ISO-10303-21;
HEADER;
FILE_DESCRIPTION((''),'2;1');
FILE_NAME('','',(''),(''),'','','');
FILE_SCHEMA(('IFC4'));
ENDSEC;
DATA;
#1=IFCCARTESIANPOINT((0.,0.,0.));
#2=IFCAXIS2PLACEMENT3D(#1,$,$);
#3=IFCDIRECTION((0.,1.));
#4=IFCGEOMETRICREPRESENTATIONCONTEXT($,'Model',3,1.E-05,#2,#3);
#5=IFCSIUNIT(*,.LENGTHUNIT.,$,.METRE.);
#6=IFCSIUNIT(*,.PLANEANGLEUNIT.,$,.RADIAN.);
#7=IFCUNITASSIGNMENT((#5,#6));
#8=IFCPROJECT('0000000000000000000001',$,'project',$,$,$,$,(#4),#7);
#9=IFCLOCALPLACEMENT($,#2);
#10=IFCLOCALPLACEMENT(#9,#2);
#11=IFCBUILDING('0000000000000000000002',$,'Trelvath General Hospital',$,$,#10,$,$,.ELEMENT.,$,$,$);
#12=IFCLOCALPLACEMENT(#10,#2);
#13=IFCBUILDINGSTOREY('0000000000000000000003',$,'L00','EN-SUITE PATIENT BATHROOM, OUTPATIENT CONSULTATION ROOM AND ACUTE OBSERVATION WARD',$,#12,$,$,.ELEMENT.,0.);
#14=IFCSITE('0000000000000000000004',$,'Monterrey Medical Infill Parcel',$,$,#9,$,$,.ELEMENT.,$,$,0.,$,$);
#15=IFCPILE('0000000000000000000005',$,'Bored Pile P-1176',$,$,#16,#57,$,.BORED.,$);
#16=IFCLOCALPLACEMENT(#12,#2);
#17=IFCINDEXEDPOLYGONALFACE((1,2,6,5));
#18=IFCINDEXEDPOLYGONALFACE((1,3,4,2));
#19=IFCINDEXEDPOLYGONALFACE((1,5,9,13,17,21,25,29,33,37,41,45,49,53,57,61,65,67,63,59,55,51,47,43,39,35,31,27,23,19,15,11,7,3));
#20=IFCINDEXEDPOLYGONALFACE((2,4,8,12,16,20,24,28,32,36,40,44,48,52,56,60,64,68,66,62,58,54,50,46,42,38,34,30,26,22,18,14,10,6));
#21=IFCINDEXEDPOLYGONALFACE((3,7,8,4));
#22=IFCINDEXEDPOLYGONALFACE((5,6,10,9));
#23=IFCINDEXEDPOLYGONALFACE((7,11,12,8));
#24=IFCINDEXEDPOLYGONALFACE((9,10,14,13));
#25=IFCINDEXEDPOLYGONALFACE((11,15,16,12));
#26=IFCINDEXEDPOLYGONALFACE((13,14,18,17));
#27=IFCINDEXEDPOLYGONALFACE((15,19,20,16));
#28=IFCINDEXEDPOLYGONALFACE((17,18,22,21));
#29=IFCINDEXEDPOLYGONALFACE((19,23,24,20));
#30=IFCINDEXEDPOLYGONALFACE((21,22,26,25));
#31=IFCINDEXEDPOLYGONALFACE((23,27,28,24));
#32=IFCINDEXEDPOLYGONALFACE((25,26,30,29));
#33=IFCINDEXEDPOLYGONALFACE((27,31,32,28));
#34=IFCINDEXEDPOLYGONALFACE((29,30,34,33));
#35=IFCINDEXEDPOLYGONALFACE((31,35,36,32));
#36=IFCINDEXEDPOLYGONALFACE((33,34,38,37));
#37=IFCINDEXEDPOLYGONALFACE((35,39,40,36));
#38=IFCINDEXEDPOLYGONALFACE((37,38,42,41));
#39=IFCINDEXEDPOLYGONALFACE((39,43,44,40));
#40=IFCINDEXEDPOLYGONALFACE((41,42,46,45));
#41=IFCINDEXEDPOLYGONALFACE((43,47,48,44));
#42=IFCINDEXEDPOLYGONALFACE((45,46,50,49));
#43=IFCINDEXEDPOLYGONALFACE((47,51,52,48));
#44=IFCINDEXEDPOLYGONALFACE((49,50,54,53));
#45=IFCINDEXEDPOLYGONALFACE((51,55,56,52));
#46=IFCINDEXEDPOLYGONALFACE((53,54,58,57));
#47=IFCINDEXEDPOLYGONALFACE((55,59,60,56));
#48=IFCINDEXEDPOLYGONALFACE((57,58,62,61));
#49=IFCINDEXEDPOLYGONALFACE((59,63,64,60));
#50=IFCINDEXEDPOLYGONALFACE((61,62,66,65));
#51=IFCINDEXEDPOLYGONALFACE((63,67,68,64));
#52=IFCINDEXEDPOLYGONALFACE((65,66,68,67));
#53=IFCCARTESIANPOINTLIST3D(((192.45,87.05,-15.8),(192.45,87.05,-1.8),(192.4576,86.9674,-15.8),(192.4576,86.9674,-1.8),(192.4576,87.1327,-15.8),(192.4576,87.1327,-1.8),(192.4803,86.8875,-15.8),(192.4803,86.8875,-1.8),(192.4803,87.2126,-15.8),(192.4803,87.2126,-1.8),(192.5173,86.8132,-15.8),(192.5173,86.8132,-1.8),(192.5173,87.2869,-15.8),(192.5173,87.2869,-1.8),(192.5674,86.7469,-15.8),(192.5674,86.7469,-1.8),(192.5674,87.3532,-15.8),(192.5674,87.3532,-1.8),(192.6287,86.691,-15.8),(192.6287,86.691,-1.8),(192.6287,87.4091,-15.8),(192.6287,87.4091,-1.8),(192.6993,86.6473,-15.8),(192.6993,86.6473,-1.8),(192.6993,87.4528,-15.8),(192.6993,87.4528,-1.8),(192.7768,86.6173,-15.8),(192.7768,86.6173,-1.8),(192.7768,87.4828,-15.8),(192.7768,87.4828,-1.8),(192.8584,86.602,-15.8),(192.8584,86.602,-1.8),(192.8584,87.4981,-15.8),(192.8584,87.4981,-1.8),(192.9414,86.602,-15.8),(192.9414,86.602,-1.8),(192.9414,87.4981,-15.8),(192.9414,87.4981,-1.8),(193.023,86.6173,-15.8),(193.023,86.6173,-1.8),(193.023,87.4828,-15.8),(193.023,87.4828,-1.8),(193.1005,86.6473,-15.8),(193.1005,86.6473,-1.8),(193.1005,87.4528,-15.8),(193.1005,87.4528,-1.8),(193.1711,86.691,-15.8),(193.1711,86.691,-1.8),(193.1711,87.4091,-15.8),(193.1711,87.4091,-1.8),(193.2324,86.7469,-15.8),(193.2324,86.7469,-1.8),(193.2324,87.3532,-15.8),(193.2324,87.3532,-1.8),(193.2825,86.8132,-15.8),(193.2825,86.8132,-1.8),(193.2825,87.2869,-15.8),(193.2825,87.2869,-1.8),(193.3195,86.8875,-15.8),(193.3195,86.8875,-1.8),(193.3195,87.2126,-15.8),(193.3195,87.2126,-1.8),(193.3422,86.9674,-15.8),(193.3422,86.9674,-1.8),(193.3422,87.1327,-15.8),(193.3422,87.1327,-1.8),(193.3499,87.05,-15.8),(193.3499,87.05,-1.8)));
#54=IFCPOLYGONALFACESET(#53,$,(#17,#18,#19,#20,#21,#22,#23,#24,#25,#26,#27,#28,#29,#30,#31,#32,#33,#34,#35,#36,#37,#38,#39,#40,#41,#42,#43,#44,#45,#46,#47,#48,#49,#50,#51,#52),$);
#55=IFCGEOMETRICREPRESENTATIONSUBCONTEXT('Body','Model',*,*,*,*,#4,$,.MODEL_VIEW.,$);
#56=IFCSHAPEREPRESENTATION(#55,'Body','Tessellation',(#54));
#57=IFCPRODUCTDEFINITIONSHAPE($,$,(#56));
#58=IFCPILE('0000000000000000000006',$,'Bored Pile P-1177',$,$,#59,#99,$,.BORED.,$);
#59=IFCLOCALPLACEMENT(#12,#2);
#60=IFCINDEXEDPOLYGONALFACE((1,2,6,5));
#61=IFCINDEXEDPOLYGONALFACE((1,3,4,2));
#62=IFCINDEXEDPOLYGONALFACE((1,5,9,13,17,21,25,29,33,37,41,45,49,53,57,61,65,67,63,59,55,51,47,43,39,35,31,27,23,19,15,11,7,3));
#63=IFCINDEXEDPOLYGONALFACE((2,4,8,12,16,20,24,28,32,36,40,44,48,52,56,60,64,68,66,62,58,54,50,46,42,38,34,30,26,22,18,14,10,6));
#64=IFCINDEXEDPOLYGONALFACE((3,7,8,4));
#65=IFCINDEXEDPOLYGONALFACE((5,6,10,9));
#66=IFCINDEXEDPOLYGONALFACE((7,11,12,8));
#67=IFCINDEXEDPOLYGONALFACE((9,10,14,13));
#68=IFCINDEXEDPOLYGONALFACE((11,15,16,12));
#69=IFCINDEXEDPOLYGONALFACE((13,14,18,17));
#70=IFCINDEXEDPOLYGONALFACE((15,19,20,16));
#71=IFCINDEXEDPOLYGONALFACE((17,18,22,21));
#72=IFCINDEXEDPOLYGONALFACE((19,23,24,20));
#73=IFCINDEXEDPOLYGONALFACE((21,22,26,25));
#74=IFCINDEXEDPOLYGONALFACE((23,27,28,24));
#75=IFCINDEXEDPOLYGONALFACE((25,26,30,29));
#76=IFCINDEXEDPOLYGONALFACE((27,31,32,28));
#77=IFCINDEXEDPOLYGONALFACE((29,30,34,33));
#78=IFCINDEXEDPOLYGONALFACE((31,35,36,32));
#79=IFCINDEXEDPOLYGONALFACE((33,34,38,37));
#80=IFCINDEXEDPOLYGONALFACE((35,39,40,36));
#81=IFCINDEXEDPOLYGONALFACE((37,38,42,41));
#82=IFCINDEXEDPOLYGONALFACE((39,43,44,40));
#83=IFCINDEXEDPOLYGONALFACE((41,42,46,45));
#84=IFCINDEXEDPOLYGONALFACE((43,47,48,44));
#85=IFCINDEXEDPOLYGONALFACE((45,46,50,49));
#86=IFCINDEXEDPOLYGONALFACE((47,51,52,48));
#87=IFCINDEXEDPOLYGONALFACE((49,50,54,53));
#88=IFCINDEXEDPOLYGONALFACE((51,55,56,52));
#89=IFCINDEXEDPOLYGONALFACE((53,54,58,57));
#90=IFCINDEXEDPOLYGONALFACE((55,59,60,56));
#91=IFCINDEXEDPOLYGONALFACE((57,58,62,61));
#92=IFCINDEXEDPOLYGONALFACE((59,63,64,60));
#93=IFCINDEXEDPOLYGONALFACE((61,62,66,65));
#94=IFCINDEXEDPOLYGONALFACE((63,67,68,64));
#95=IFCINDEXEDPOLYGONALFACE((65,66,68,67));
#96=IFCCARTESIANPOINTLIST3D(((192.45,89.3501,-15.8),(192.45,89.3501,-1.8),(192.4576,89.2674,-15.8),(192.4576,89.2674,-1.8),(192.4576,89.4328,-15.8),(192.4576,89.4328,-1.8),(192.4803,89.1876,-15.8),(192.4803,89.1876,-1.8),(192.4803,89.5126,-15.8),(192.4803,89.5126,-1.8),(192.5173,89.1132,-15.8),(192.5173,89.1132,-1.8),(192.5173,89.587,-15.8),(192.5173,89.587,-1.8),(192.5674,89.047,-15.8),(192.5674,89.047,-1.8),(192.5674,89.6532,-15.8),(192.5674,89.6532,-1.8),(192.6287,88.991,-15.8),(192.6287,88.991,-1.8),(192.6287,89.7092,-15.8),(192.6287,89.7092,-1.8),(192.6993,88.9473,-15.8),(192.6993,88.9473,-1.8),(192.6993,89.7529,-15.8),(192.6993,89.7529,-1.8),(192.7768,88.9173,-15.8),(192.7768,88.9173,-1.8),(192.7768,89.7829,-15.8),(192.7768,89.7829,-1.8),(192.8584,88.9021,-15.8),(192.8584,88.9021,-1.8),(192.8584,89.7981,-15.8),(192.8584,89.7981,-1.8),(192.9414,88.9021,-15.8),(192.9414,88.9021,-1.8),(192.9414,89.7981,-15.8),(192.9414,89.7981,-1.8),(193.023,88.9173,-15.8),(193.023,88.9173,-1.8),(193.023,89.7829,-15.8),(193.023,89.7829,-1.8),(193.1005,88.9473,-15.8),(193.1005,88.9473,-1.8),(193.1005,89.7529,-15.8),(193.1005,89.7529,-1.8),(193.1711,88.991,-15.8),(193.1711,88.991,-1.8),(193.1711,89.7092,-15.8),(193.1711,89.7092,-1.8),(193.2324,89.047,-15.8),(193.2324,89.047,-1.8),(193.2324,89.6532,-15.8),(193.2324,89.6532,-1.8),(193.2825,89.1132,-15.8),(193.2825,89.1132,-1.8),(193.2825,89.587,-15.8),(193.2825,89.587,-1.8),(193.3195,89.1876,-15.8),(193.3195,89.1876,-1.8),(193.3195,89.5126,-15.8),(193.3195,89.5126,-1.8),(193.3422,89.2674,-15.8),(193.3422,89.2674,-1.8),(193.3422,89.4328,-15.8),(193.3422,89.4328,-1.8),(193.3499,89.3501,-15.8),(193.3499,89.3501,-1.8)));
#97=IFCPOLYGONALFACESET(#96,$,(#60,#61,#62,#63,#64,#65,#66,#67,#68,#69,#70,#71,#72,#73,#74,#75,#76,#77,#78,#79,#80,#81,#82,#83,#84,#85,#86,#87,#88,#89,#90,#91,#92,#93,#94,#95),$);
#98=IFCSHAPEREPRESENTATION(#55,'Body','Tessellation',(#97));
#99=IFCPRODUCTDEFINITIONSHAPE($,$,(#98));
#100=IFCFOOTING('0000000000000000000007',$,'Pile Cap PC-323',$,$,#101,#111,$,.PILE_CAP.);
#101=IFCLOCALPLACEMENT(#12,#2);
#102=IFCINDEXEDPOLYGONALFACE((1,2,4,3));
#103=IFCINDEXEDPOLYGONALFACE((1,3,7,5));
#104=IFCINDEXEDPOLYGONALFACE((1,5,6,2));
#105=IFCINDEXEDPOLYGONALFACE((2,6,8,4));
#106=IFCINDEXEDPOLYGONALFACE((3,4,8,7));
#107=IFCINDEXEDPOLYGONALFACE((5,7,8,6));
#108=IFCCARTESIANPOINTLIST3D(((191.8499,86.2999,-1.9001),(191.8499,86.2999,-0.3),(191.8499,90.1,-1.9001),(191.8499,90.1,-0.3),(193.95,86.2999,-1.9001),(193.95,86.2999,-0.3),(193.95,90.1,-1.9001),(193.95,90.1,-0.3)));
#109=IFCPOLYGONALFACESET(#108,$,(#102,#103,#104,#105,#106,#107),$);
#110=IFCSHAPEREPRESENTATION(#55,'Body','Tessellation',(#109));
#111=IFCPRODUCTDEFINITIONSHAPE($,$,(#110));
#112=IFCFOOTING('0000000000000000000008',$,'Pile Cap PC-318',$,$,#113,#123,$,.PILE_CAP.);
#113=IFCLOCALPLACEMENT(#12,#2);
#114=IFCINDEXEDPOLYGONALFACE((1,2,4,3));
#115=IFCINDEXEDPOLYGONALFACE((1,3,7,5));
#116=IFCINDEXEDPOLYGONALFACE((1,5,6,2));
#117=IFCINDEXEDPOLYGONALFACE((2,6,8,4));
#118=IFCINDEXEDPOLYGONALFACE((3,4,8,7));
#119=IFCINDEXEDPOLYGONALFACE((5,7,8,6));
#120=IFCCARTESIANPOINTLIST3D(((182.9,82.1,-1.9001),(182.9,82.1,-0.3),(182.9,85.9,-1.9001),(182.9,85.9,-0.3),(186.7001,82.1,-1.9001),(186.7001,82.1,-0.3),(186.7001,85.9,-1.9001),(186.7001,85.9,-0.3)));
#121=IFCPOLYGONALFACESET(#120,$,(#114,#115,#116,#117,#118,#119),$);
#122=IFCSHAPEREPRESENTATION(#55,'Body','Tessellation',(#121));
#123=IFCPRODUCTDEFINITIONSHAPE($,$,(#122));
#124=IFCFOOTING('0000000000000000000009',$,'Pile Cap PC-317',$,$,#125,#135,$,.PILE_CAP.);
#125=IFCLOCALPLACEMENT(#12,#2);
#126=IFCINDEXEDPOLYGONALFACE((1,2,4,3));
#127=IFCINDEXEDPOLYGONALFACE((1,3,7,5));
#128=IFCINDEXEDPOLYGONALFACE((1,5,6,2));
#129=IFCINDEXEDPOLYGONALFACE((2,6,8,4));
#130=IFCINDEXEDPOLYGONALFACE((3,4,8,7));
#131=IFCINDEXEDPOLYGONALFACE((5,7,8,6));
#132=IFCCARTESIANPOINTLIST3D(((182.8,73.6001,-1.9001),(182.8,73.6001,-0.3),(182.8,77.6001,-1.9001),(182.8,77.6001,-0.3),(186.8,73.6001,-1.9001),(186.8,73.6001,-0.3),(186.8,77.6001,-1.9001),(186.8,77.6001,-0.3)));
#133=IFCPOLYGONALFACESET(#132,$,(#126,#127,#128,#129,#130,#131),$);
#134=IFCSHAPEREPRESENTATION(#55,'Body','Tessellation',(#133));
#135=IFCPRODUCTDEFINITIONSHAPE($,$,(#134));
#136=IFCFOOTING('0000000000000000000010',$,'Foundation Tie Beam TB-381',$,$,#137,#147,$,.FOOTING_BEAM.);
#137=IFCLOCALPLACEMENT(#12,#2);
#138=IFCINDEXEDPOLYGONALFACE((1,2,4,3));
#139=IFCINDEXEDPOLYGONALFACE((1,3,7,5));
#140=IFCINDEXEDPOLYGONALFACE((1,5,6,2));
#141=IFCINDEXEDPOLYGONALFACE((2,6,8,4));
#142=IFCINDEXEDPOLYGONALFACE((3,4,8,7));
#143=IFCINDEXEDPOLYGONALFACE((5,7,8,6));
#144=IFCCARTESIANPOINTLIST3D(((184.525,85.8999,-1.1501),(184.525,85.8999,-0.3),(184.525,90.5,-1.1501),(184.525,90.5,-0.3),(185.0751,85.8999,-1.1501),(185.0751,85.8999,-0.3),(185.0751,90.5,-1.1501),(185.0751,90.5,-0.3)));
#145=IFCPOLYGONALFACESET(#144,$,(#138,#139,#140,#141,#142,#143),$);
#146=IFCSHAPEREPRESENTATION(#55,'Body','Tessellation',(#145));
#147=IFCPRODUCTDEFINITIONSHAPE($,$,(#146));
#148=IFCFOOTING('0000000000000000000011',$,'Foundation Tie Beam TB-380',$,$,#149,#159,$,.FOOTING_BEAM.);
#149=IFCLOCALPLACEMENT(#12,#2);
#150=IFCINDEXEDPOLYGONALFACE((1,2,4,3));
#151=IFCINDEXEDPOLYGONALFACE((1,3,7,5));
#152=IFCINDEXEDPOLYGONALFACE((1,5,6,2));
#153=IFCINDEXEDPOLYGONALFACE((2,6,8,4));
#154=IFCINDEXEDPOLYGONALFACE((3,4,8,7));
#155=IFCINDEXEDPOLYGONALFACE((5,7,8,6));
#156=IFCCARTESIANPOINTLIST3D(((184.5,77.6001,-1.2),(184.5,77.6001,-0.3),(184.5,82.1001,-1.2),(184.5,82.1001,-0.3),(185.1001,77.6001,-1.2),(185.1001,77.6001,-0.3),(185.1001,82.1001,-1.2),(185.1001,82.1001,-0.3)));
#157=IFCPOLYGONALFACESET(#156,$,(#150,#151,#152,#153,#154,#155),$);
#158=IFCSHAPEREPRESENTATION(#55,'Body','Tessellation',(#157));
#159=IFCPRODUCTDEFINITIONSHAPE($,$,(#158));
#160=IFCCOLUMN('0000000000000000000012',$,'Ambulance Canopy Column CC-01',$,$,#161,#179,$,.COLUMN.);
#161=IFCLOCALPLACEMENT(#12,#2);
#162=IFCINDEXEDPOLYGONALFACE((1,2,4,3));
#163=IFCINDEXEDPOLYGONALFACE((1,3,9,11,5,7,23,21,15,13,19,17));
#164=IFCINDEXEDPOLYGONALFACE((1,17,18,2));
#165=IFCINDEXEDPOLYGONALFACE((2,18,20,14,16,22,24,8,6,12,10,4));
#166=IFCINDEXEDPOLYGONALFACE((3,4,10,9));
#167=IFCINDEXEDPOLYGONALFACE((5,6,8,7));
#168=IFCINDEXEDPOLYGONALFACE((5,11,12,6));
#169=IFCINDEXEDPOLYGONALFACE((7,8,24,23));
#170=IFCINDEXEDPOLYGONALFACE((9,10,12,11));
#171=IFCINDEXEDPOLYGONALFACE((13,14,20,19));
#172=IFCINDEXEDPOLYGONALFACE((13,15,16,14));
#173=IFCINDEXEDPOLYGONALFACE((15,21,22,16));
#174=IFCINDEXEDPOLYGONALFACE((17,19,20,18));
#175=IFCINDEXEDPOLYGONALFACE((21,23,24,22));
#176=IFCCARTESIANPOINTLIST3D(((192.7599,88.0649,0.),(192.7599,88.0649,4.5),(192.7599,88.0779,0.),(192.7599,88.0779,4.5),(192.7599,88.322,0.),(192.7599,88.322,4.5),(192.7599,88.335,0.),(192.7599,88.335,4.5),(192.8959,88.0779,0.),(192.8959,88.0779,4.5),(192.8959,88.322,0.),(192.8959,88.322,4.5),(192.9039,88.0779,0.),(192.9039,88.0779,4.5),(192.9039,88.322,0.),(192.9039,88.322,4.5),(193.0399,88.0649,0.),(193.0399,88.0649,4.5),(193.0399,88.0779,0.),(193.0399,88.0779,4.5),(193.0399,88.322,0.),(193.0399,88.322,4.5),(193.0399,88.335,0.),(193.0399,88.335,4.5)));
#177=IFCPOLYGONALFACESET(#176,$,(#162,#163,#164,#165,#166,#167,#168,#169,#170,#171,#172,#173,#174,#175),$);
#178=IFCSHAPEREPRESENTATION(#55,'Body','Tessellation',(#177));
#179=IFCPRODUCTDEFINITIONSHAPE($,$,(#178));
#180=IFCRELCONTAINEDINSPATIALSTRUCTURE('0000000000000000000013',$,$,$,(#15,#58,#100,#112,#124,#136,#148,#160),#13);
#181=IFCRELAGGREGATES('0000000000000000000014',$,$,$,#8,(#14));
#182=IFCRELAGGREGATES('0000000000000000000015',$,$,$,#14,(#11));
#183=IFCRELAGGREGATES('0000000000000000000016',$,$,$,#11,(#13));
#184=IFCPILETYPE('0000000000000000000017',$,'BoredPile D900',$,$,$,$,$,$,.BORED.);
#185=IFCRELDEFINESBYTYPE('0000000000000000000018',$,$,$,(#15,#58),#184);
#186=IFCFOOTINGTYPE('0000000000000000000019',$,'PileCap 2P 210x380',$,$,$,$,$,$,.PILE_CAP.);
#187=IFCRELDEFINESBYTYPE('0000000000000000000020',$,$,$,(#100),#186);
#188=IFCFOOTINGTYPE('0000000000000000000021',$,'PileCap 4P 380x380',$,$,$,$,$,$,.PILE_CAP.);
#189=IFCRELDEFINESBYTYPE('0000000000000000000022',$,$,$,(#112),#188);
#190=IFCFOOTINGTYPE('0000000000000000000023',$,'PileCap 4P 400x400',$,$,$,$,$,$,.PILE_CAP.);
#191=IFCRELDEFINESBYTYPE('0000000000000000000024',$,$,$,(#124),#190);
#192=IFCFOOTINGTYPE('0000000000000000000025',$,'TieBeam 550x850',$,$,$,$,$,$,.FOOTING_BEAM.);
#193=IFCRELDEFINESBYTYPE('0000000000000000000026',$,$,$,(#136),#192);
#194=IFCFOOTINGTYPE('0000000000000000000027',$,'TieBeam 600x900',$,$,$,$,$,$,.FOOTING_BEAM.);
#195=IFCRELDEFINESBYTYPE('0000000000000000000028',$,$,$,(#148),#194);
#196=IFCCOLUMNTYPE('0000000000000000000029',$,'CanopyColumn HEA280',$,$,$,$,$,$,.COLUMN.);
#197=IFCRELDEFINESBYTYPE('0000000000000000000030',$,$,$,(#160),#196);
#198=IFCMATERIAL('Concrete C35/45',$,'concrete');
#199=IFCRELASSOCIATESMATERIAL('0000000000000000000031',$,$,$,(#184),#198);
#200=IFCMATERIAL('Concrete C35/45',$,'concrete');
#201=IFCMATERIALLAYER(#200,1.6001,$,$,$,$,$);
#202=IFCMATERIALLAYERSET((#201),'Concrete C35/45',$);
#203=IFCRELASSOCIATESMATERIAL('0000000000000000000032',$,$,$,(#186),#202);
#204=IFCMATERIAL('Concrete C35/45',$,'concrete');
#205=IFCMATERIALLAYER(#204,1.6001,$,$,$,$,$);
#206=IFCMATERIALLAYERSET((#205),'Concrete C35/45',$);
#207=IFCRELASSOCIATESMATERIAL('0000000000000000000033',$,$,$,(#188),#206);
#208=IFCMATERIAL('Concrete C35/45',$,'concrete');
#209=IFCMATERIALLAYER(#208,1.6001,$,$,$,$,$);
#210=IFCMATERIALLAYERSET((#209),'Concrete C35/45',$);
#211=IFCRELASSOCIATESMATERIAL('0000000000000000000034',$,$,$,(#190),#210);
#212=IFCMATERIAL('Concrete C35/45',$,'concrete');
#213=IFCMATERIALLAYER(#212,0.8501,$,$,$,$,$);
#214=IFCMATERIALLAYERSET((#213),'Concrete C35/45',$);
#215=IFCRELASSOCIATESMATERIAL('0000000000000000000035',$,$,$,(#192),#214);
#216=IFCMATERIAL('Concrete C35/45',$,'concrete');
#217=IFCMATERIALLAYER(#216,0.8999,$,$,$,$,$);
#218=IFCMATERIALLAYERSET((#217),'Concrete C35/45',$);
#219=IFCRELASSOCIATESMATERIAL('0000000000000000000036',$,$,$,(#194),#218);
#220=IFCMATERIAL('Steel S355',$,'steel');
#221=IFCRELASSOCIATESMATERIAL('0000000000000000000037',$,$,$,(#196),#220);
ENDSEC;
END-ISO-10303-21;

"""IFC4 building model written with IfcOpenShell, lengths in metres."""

from ifc_helpers import new_model, si_unit, direction, frame, origin, origin_2d, place, context, subcontext, project, spatial, rectangle, circle, i_section, extrude, material, layer, layer_set, material_profile, profile_set, type_object, element, save


model = new_model("IFC4")

# Units and contexts
model_context = context("Model", 3, precision=1e-05, world=origin(), true_north=direction((0.0, 1.0)))
body_context = subcontext(model_context, "Body", "Model", "MODEL_VIEW")
ifc_project = project(units=[si_unit("LENGTHUNIT", "METRE"), si_unit("PLANEANGLEUNIT", "RADIAN")], contexts=[model_context])

# Site, building, storey
site_placement = place(None, origin())
site = spatial("IfcSite", under=ifc_project, at=site_placement, Name="Monterrey Medical Infill Parcel", CompositionType="ELEMENT", RefElevation=0.0)
building_placement = place(site_placement, origin())
building = spatial("IfcBuilding", under=site, at=building_placement, Name="Trelvath General Hospital", CompositionType="ELEMENT")
storey_placement = place(building_placement, origin())
storey = spatial("IfcBuildingStorey", under=building, at=storey_placement, Name="L00", Description="EN-SUITE PATIENT BATHROOM, OUTPATIENT CONSULTATION ROOM AND ACUTE OBSERVATION WARD", CompositionType="ELEMENT", Elevation=0.0)

# Piles
ifc_material_1 = material(Name="Concrete C35/45", Category="concrete")
ifc_material_profile_1 = material_profile(ifc_material_1, circle(Radius=0.45, at=origin_2d()), Name="PILE900")
ifc_profile_set_1 = profile_set([ifc_material_profile_1], Name="Concrete C35/45")
pile_type_1 = type_object("IfcPileType", Name="BoredPile D900", PredefinedType="BORED", material=ifc_profile_set_1)
for number, where, z_axis, x_axis, name in (
    (1, (192.8999, 87.05, -1.8), (0.0, 0.0, -1.0), (1.0, 0.0, 0.0), "Bored Pile P-1176"),
    (2, (192.8999, 89.3501, -1.8), (0.0, 0.0, -1.0), (1.0, 0.0, 0.0), "Bored Pile P-1177"),
):
    element("IfcPile", number, at=place(storey_placement, frame(where, z_axis=z_axis, x_axis=x_axis)), inside=storey, type_object=pile_type_1, Name=name, PredefinedType="BORED", context=body_context, shape_type="SweptSolid", body=[
        extrude(circle(Radius=0.45, at=origin_2d()), origin(), (0.0, 0.0, 1.0), 14.0),
    ])

# Footings
ifc_material_2 = material(Name="Concrete C35/45", Category="concrete")
ifc_layer_1 = layer(ifc_material_2, 1.6001)
ifc_layer_set_1 = layer_set([ifc_layer_1], Name="Concrete C35/45")
footing_type_1 = type_object("IfcFootingType", Name="PileCap 2P 210x380", PredefinedType="PILE_CAP", material=ifc_layer_set_1)
footing_1_placement = place(storey_placement, frame((192.8999, 88.2, -1.9001), z_axis=(0.0, 0.0, 1.0), x_axis=(1.0, 0.0, 0.0)))
element("IfcFooting", 3, at=footing_1_placement, inside=storey, type_object=footing_type_1, Name="Pile Cap PC-323", PredefinedType="PILE_CAP", context=body_context, shape_type="SweptSolid", body=[
    extrude(rectangle(XDim=2.1001, YDim=3.8, at=origin_2d()), origin(), (0.0, 0.0, 1.0), 1.6001),
])
ifc_material_3 = material(Name="Concrete C35/45", Category="concrete")
ifc_layer_2 = layer(ifc_material_3, 1.6001)
ifc_layer_set_2 = layer_set([ifc_layer_2], Name="Concrete C35/45")
footing_type_2 = type_object("IfcFootingType", Name="PileCap 4P 380x380", PredefinedType="PILE_CAP", material=ifc_layer_set_2)
footing_2_placement = place(storey_placement, frame((184.8, 84.0, -1.9001), z_axis=(0.0, 0.0, 1.0), x_axis=(1.0, 0.0, 0.0)))
element("IfcFooting", 4, at=footing_2_placement, inside=storey, type_object=footing_type_2, Name="Pile Cap PC-318", PredefinedType="PILE_CAP", context=body_context, shape_type="SweptSolid", body=[
    extrude(rectangle(XDim=3.8, YDim=3.8, at=origin_2d()), origin(), (0.0, 0.0, 1.0), 1.6001),
])
ifc_material_4 = material(Name="Concrete C35/45", Category="concrete")
ifc_layer_3 = layer(ifc_material_4, 1.6001)
ifc_layer_set_3 = layer_set([ifc_layer_3], Name="Concrete C35/45")
footing_type_3 = type_object("IfcFootingType", Name="PileCap 4P 400x400", PredefinedType="PILE_CAP", material=ifc_layer_set_3)
footing_3_placement = place(storey_placement, frame((184.8, 75.6001, -1.9001), z_axis=(0.0, 0.0, 1.0), x_axis=(1.0, 0.0, 0.0)))
element("IfcFooting", 5, at=footing_3_placement, inside=storey, type_object=footing_type_3, Name="Pile Cap PC-317", PredefinedType="PILE_CAP", context=body_context, shape_type="SweptSolid", body=[
    extrude(rectangle(XDim=4.0, YDim=4.0, at=origin_2d()), origin(), (0.0, 0.0, 1.0), 1.6001),
])
ifc_material_5 = material(Name="Concrete C35/45", Category="concrete")
ifc_layer_4 = layer(ifc_material_5, 0.8501)
ifc_layer_set_4 = layer_set([ifc_layer_4], Name="Concrete C35/45")
footing_type_4 = type_object("IfcFootingType", Name="TieBeam 550x850", PredefinedType="FOOTING_BEAM", material=ifc_layer_set_4)
footing_4_placement = place(storey_placement, frame((184.8, 88.2, -1.1501), z_axis=(0.0, 0.0, 1.0), x_axis=(1.0, 0.0, 0.0)))
element("IfcFooting", 6, at=footing_4_placement, inside=storey, type_object=footing_type_4, Name="Foundation Tie Beam TB-381", PredefinedType="FOOTING_BEAM", context=body_context, shape_type="SweptSolid", body=[
    extrude(rectangle(XDim=0.55, YDim=4.6001, at=origin_2d()), origin(), (0.0, 0.0, 1.0), 0.8501),
])
ifc_material_6 = material(Name="Concrete C35/45", Category="concrete")
ifc_layer_5 = layer(ifc_material_6, 0.8999)
ifc_layer_set_5 = layer_set([ifc_layer_5], Name="Concrete C35/45")
footing_type_5 = type_object("IfcFootingType", Name="TieBeam 600x900", PredefinedType="FOOTING_BEAM", material=ifc_layer_set_5)
footing_5_placement = place(storey_placement, frame((184.8, 79.8501, -1.2), z_axis=(0.0, 0.0, 1.0), x_axis=(1.0, 0.0, 0.0)))
element("IfcFooting", 7, at=footing_5_placement, inside=storey, type_object=footing_type_5, Name="Foundation Tie Beam TB-380", PredefinedType="FOOTING_BEAM", context=body_context, shape_type="SweptSolid", body=[
    extrude(rectangle(XDim=0.6001, YDim=4.5, at=origin_2d()), origin(), (0.0, 0.0, 1.0), 0.8999),
])

# Column
ifc_material_7 = material(Name="Steel S355", Category="steel")
ifc_material_profile_2 = material_profile(ifc_material_7, i_section(OverallWidth=0.28, OverallDepth=0.27, WebThickness=0.0081, FlangeThickness=0.0129, at=origin_2d()), Name="HEA280")
ifc_profile_set_2 = profile_set([ifc_material_profile_2], Name="Steel S355")
column_type_1 = type_object("IfcColumnType", Name="CanopyColumn HEA280", PredefinedType="COLUMN", material=ifc_profile_set_2)
column_1_placement = place(storey_placement, frame((192.8999, 88.2, 0.0), z_axis=(0.0, 0.0, 1.0), x_axis=(1.0, 0.0, 0.0)))
element("IfcColumn", 8, at=column_1_placement, inside=storey, type_object=column_type_1, Name="Ambulance Canopy Column CC-01", PredefinedType="COLUMN", context=body_context, shape_type="SweptSolid", body=[
    extrude(i_section(OverallWidth=0.28, OverallDepth=0.27, WebThickness=0.0081, FlangeThickness=0.0129, at=origin_2d()), origin(), (0.0, 0.0, 1.0), 4.5),
])

save(model, "model.ifc")
